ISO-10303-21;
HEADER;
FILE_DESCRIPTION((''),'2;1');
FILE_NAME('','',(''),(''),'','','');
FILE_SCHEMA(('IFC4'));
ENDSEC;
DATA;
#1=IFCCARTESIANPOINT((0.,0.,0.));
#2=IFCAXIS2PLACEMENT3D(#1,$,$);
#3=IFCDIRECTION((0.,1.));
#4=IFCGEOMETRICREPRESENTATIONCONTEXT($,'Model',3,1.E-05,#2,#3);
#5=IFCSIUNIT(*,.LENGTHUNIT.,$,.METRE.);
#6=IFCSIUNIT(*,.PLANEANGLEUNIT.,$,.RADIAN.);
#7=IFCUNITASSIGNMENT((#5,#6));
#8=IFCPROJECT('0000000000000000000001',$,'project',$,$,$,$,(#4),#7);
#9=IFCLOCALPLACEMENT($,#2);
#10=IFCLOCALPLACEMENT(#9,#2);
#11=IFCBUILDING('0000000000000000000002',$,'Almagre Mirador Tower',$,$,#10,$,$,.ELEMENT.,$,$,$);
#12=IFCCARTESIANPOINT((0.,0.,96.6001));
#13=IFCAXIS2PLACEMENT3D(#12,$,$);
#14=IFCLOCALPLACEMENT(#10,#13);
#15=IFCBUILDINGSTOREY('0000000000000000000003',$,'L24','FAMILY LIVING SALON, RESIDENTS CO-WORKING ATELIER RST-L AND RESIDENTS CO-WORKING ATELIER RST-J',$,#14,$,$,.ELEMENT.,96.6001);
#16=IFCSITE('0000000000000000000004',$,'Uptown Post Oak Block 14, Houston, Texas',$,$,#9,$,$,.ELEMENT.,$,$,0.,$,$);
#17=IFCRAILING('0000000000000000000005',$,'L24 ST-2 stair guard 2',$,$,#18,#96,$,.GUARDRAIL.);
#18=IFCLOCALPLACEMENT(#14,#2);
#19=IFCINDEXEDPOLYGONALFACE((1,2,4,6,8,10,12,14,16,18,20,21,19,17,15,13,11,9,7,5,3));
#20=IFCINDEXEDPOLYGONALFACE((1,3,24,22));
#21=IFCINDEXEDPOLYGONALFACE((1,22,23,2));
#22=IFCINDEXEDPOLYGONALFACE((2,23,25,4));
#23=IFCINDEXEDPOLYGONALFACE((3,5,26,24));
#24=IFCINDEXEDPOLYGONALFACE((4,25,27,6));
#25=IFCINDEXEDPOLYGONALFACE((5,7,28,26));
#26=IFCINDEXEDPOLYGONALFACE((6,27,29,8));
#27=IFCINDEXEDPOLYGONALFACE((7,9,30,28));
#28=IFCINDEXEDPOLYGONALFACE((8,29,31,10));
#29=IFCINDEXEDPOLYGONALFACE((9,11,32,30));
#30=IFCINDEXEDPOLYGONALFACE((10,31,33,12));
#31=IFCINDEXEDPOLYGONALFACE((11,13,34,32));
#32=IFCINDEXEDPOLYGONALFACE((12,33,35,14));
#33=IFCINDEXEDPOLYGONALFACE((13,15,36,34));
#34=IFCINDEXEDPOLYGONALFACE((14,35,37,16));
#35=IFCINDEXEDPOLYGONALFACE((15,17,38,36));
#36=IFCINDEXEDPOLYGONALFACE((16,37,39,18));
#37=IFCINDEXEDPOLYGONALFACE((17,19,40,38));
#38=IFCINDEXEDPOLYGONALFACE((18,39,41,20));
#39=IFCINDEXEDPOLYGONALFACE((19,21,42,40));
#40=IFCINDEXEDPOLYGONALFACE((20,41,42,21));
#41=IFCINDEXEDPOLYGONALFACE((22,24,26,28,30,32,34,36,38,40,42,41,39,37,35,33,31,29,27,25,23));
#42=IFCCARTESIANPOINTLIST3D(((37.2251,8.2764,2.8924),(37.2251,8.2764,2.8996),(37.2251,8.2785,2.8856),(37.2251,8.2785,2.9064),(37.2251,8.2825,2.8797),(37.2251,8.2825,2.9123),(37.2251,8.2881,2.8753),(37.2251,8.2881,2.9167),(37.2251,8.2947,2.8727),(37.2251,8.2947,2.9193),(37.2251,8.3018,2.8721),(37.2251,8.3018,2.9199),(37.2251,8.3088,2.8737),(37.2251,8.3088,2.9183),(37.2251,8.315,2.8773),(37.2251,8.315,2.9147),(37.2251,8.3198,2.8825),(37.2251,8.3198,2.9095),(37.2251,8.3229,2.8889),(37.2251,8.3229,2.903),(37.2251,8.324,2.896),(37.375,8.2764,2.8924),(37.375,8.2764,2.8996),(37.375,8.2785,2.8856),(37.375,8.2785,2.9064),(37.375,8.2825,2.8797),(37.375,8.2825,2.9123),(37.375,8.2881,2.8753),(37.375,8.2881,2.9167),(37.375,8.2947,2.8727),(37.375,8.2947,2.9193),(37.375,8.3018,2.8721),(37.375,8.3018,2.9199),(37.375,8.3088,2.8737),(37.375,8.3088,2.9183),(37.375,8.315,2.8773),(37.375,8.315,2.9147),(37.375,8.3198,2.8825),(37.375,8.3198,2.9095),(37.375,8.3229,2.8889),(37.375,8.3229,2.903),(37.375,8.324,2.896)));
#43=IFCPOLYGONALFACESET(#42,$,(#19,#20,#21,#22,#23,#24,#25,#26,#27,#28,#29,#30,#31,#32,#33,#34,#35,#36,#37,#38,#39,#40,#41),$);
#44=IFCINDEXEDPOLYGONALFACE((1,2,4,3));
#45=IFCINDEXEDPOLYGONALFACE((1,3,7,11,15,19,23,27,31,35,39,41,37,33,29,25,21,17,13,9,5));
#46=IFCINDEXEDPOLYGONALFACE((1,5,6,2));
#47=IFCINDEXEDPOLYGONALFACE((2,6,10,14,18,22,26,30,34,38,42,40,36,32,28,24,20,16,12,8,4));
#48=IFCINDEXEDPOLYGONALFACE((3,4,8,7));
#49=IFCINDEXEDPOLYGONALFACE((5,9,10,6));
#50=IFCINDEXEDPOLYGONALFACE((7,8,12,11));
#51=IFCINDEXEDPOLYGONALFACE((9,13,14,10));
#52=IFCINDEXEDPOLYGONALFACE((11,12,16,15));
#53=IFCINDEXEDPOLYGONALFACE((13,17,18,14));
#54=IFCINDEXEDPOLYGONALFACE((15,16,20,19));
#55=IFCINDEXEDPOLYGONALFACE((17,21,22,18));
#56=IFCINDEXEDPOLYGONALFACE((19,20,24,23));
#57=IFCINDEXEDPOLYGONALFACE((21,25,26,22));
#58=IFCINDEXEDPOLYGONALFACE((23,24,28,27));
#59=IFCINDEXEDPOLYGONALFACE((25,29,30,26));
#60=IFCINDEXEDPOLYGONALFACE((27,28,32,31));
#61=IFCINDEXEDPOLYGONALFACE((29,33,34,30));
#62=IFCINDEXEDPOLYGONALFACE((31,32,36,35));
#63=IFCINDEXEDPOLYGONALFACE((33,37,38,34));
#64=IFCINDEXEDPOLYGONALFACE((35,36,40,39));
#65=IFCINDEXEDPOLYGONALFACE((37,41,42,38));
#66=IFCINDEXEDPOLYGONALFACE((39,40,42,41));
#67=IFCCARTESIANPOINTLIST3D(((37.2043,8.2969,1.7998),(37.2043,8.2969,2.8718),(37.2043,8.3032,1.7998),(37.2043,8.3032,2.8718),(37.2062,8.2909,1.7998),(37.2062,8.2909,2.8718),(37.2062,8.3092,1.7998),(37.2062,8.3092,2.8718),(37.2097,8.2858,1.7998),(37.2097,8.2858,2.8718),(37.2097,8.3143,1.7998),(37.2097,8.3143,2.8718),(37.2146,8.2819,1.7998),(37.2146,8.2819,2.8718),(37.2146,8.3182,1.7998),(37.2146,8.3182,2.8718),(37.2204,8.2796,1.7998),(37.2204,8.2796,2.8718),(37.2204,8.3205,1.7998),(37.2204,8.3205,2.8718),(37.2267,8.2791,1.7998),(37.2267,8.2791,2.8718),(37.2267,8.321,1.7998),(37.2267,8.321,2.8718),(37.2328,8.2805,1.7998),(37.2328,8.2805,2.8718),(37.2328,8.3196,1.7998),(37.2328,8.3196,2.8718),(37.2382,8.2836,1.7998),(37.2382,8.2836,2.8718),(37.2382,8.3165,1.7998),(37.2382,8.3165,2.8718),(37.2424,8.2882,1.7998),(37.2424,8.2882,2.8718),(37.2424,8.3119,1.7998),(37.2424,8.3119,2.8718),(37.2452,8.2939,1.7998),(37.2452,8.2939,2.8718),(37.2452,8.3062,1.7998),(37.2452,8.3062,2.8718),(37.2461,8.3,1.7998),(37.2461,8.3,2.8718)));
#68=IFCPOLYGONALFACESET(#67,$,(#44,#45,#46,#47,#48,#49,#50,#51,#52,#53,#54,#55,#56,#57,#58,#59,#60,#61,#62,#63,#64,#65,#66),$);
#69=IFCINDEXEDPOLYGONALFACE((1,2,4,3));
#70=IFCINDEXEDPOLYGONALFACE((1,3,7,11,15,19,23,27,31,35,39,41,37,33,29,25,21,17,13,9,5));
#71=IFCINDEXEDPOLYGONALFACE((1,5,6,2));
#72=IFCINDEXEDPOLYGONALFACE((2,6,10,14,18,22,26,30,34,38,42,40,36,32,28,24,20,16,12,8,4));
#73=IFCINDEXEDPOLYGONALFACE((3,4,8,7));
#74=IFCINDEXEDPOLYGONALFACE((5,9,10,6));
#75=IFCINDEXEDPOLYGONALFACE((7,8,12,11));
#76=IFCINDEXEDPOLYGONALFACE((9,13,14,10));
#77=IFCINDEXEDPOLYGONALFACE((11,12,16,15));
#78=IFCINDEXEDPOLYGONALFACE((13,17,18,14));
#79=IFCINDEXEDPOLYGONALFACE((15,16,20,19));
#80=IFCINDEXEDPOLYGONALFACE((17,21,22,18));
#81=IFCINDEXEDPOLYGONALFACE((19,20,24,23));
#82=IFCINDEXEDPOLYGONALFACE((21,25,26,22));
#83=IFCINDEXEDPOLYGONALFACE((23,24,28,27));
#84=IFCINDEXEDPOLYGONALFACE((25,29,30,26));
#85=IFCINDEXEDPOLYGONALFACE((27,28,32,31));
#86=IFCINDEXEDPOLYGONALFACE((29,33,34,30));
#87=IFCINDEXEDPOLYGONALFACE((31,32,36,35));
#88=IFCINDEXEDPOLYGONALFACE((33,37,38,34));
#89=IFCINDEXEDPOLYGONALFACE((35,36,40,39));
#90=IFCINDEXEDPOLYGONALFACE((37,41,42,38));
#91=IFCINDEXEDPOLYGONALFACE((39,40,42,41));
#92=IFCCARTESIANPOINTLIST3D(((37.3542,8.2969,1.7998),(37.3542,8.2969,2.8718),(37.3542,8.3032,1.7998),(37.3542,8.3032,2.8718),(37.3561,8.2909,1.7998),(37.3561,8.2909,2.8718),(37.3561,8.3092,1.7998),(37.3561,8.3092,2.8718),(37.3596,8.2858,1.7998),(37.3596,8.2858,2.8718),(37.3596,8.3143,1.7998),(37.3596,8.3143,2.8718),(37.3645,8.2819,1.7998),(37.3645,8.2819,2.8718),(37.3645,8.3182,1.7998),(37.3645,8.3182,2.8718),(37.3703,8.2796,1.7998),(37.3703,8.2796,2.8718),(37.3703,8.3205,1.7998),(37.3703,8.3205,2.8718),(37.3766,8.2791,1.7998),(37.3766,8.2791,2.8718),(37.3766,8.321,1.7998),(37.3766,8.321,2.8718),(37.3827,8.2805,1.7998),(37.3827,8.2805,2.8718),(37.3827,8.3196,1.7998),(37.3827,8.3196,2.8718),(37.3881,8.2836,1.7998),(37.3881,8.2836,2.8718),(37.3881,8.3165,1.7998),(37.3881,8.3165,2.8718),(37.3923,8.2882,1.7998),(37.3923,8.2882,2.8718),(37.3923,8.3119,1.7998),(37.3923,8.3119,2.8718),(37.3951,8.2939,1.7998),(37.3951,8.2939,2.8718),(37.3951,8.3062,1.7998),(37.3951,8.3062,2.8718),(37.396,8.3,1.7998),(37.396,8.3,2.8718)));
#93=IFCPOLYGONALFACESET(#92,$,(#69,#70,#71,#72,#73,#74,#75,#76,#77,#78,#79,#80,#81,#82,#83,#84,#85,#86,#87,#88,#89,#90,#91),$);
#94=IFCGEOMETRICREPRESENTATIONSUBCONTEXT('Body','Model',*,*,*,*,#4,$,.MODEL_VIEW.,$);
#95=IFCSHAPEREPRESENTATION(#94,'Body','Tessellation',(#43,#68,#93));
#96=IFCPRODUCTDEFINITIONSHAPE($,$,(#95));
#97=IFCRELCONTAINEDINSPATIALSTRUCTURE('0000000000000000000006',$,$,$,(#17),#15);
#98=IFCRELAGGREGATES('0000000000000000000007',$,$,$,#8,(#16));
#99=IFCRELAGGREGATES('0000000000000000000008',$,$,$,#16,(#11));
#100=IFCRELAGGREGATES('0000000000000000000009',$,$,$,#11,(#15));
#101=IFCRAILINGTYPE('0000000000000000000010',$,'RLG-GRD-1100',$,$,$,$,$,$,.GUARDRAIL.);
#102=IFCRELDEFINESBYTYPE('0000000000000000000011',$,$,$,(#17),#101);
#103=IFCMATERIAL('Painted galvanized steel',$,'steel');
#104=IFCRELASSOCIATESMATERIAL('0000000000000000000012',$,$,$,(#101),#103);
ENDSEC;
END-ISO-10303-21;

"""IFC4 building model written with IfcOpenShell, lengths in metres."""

from ifc_helpers import new_model, si_unit, direction, frame, origin, origin_2d, place, context, subcontext, project, spatial, circle, extrude, material, type_object, element, save


model = new_model("IFC4")

# Units and contexts
model_context = context("Model", 3, precision=1e-05, world=origin(), true_north=direction((0.0, 1.0)))
body_context = subcontext(model_context, "Body", "Model", "MODEL_VIEW")
ifc_project = project(units=[si_unit("LENGTHUNIT", "METRE"), si_unit("PLANEANGLEUNIT", "RADIAN")], contexts=[model_context])

# Site, building, storey
site_placement = place(None, origin())
site = spatial("IfcSite", under=ifc_project, at=site_placement, Name="Uptown Post Oak Block 14, Houston, Texas", CompositionType="ELEMENT", RefElevation=0.0)
building_placement = place(site_placement, origin())
building = spatial("IfcBuilding", under=site, at=building_placement, Name="Almagre Mirador Tower", CompositionType="ELEMENT")
storey_placement = place(building_placement, frame((0.0, 0.0, 96.6001)))
storey = spatial("IfcBuildingStorey", under=building, at=storey_placement, Name="L24", Description="FAMILY LIVING SALON, RESIDENTS CO-WORKING ATELIER RST-L AND RESIDENTS CO-WORKING ATELIER RST-J", CompositionType="ELEMENT", Elevation=96.6001)

# Railing
ifc_material_1 = material(Name="Painted galvanized steel", Category="steel")
railing_type_1 = type_object("IfcRailingType", Name="RLG-GRD-1100", PredefinedType="GUARDRAIL", material=ifc_material_1)
railing_1_placement = place(storey_placement, frame((37.2251, 8.3, 1.7998)))
element("IfcRailing", 1, at=railing_1_placement, inside=storey, type_object=railing_type_1, Name="L24 ST-2 stair guard 2", PredefinedType="GUARDRAIL", context=body_context, shape_type="SweptSolid", body=[
    extrude(circle(Radius=0.0239, at=origin_2d()), frame((0.0, 0.0, 1.0962), z_axis=(1.0, 0.0, 0.0), x_axis=(0.0, 1.0, 0.0)), (0.0, 0.0, 1.0), 0.1499),
    extrude(circle(Radius=0.021, at=origin_2d()), origin(), (0.0, 0.0, 1.0), 1.072),
    extrude(circle(Radius=0.021, at=origin_2d()), frame((0.1499, 0.0, 0.0)), (0.0, 0.0, 1.0), 1.072),
])

save(model, "model.ifc")
